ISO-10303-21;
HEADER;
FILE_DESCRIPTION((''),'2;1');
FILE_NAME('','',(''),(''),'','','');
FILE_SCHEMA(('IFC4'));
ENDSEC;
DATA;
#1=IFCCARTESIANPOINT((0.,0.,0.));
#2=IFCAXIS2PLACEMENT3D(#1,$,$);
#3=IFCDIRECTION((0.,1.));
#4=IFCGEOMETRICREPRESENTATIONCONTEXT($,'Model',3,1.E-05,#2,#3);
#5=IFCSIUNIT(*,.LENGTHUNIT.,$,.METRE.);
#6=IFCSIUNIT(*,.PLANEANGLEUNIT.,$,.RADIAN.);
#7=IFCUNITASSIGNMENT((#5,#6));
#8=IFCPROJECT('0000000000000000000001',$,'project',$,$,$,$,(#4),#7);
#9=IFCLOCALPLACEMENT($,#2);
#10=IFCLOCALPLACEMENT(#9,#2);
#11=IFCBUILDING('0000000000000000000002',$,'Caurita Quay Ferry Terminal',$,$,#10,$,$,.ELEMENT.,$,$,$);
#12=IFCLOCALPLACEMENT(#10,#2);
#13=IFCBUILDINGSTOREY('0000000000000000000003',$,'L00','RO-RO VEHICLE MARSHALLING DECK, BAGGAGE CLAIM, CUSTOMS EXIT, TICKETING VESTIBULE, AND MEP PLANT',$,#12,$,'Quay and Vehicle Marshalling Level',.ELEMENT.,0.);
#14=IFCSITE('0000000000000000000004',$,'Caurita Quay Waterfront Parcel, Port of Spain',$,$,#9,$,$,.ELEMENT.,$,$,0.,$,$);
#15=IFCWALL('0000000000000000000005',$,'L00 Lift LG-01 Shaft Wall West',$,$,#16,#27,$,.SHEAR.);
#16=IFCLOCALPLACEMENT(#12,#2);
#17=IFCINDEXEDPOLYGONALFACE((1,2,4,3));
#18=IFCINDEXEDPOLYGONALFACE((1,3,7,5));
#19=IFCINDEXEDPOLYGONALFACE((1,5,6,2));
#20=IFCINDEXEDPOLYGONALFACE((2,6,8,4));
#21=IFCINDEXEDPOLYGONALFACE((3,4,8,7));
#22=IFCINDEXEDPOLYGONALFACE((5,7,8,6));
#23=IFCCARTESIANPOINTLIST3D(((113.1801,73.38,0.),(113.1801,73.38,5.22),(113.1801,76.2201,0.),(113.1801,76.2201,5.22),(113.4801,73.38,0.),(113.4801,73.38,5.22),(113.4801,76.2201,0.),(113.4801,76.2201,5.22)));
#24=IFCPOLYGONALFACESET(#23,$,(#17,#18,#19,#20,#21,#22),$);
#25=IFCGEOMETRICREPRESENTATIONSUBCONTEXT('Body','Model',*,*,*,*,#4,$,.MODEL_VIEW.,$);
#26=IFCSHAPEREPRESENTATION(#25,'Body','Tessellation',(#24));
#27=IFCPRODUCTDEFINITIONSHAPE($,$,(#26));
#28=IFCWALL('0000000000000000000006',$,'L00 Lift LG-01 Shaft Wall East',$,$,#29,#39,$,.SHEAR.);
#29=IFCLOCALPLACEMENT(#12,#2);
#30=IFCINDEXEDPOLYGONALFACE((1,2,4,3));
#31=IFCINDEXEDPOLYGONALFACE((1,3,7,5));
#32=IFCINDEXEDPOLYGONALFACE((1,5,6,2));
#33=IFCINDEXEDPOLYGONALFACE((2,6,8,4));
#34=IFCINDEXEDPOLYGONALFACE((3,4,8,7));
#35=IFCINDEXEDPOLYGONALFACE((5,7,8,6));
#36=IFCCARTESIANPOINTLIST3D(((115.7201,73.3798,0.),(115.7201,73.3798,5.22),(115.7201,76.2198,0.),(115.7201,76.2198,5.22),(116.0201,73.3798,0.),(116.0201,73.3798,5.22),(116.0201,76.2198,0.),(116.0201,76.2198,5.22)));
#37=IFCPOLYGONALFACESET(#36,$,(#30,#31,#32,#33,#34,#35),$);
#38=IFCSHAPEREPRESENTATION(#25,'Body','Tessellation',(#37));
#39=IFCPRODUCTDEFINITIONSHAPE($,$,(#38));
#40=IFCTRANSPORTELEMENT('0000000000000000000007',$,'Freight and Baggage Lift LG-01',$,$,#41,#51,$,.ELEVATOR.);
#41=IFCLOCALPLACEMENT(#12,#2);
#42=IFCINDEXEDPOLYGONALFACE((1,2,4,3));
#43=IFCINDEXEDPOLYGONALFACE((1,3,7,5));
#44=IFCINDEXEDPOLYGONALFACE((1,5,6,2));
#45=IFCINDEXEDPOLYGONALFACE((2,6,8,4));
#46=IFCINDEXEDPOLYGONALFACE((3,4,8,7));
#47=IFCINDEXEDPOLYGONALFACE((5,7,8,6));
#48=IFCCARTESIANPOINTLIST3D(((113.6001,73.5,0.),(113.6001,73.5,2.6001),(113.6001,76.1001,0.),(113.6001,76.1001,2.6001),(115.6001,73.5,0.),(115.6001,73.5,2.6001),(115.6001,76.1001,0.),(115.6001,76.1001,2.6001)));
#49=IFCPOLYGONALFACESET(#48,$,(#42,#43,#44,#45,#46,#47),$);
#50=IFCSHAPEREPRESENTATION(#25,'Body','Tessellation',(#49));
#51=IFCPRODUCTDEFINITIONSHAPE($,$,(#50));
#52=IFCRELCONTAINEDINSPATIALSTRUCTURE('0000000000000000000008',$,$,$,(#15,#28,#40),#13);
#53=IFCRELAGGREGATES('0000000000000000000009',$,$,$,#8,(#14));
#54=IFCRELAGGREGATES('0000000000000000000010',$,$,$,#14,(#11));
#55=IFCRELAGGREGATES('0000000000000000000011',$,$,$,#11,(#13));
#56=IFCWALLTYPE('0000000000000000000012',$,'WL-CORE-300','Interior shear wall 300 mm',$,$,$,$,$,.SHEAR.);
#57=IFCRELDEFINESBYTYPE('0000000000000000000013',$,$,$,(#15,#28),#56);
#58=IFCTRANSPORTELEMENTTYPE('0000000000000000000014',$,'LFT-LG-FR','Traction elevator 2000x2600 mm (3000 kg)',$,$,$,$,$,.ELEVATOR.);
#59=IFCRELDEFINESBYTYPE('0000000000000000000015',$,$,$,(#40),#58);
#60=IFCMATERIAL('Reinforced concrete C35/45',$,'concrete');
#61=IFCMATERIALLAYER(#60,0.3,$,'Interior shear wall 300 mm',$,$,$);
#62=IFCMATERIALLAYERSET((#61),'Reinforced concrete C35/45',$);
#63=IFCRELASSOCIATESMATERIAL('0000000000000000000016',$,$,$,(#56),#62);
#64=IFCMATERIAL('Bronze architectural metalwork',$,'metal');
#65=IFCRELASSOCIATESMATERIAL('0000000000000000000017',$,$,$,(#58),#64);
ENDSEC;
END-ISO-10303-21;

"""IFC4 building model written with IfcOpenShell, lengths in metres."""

from ifc_helpers import new_model, si_unit, direction, frame, frame_2d, origin, origin_2d, place, context, subcontext, project, spatial, rectangle, extrude, material, layer, layer_set, type_object, element, save


model = new_model("IFC4")

# Units and contexts
model_context = context("Model", 3, precision=1e-05, world=origin(), true_north=direction((0.0, 1.0)))
body_context = subcontext(model_context, "Body", "Model", "MODEL_VIEW")
ifc_project = project(units=[si_unit("LENGTHUNIT", "METRE"), si_unit("PLANEANGLEUNIT", "RADIAN")], contexts=[model_context])

# Site, building, storey
site_placement = place(None, origin())
site = spatial("IfcSite", under=ifc_project, at=site_placement, Name="Caurita Quay Waterfront Parcel, Port of Spain", CompositionType="ELEMENT", RefElevation=0.0)
building_placement = place(site_placement, origin())
building = spatial("IfcBuilding", under=site, at=building_placement, Name="Caurita Quay Ferry Terminal", CompositionType="ELEMENT")
storey_placement = place(building_placement, origin())
storey = spatial("IfcBuildingStorey", under=building, at=storey_placement, Name="L00", Description="RO-RO VEHICLE MARSHALLING DECK, BAGGAGE CLAIM, CUSTOMS EXIT, TICKETING VESTIBULE, AND MEP PLANT", LongName="Quay and Vehicle Marshalling Level", CompositionType="ELEMENT", Elevation=0.0)

# Shared definitions
ifc_material_1 = material(Name="Reinforced concrete C35/45", Category="concrete")

# Shared definitions
ifc_layer = layer(ifc_material_1, 0.3, Name="Interior shear wall 300 mm")
ifc_layer_set = layer_set([ifc_layer], Name="Reinforced concrete C35/45")
wall_type = type_object("IfcWallType", Name="WL-CORE-300", Description="Interior shear wall 300 mm", PredefinedType="SHEAR", material=ifc_layer_set)

# Shared definitions
ifc_material_2 = material(Name="Bronze architectural metalwork", Category="metal")

# Walls
for number, where, z_axis, x_axis, name in (
    (1, (113.3301, 76.22, 0.0), (0.0, 0.0, 1.0), (0.0, -1.0, 0.0), "L00 Lift LG-01 Shaft Wall West"),
    (2, (115.8701, 73.3799, 0.0), (0.0, 0.0, 1.0), (0.0, 1.0, 0.0), "L00 Lift LG-01 Shaft Wall East"),
):
    element("IfcWall", number, at=place(storey_placement, frame(where, z_axis=z_axis, x_axis=x_axis)), inside=storey, type_object=wall_type, Name=name, PredefinedType="SHEAR", context=body_context, shape_type="SweptSolid", body=[
        extrude(rectangle(XDim=2.8401, YDim=0.3, at=frame_2d((1.4199, 0.0))), origin(), (0.0, 0.0, 1.0), 5.22),
    ])

# Transport element
transport_element_type = type_object("IfcTransportElementType", Name="LFT-LG-FR", Description="Traction elevator 2000x2600 mm (3000 kg)", PredefinedType="ELEVATOR", material=ifc_material_2)
transport_element_placement = place(storey_placement, frame((114.6001, 74.8, 0.0), z_axis=(0.0, 0.0, 1.0), x_axis=(1.0, 0.0, 0.0)))
element("IfcTransportElement", 3, at=transport_element_placement, inside=storey, type_object=transport_element_type, Name="Freight and Baggage Lift LG-01", PredefinedType="ELEVATOR", context=body_context, shape_type="SweptSolid", body=[
    extrude(rectangle(XDim=2.0, YDim=2.6001, at=origin_2d()), origin(), (0.0, 0.0, 1.0), 2.6001),
])

save(model, "model.ifc")
